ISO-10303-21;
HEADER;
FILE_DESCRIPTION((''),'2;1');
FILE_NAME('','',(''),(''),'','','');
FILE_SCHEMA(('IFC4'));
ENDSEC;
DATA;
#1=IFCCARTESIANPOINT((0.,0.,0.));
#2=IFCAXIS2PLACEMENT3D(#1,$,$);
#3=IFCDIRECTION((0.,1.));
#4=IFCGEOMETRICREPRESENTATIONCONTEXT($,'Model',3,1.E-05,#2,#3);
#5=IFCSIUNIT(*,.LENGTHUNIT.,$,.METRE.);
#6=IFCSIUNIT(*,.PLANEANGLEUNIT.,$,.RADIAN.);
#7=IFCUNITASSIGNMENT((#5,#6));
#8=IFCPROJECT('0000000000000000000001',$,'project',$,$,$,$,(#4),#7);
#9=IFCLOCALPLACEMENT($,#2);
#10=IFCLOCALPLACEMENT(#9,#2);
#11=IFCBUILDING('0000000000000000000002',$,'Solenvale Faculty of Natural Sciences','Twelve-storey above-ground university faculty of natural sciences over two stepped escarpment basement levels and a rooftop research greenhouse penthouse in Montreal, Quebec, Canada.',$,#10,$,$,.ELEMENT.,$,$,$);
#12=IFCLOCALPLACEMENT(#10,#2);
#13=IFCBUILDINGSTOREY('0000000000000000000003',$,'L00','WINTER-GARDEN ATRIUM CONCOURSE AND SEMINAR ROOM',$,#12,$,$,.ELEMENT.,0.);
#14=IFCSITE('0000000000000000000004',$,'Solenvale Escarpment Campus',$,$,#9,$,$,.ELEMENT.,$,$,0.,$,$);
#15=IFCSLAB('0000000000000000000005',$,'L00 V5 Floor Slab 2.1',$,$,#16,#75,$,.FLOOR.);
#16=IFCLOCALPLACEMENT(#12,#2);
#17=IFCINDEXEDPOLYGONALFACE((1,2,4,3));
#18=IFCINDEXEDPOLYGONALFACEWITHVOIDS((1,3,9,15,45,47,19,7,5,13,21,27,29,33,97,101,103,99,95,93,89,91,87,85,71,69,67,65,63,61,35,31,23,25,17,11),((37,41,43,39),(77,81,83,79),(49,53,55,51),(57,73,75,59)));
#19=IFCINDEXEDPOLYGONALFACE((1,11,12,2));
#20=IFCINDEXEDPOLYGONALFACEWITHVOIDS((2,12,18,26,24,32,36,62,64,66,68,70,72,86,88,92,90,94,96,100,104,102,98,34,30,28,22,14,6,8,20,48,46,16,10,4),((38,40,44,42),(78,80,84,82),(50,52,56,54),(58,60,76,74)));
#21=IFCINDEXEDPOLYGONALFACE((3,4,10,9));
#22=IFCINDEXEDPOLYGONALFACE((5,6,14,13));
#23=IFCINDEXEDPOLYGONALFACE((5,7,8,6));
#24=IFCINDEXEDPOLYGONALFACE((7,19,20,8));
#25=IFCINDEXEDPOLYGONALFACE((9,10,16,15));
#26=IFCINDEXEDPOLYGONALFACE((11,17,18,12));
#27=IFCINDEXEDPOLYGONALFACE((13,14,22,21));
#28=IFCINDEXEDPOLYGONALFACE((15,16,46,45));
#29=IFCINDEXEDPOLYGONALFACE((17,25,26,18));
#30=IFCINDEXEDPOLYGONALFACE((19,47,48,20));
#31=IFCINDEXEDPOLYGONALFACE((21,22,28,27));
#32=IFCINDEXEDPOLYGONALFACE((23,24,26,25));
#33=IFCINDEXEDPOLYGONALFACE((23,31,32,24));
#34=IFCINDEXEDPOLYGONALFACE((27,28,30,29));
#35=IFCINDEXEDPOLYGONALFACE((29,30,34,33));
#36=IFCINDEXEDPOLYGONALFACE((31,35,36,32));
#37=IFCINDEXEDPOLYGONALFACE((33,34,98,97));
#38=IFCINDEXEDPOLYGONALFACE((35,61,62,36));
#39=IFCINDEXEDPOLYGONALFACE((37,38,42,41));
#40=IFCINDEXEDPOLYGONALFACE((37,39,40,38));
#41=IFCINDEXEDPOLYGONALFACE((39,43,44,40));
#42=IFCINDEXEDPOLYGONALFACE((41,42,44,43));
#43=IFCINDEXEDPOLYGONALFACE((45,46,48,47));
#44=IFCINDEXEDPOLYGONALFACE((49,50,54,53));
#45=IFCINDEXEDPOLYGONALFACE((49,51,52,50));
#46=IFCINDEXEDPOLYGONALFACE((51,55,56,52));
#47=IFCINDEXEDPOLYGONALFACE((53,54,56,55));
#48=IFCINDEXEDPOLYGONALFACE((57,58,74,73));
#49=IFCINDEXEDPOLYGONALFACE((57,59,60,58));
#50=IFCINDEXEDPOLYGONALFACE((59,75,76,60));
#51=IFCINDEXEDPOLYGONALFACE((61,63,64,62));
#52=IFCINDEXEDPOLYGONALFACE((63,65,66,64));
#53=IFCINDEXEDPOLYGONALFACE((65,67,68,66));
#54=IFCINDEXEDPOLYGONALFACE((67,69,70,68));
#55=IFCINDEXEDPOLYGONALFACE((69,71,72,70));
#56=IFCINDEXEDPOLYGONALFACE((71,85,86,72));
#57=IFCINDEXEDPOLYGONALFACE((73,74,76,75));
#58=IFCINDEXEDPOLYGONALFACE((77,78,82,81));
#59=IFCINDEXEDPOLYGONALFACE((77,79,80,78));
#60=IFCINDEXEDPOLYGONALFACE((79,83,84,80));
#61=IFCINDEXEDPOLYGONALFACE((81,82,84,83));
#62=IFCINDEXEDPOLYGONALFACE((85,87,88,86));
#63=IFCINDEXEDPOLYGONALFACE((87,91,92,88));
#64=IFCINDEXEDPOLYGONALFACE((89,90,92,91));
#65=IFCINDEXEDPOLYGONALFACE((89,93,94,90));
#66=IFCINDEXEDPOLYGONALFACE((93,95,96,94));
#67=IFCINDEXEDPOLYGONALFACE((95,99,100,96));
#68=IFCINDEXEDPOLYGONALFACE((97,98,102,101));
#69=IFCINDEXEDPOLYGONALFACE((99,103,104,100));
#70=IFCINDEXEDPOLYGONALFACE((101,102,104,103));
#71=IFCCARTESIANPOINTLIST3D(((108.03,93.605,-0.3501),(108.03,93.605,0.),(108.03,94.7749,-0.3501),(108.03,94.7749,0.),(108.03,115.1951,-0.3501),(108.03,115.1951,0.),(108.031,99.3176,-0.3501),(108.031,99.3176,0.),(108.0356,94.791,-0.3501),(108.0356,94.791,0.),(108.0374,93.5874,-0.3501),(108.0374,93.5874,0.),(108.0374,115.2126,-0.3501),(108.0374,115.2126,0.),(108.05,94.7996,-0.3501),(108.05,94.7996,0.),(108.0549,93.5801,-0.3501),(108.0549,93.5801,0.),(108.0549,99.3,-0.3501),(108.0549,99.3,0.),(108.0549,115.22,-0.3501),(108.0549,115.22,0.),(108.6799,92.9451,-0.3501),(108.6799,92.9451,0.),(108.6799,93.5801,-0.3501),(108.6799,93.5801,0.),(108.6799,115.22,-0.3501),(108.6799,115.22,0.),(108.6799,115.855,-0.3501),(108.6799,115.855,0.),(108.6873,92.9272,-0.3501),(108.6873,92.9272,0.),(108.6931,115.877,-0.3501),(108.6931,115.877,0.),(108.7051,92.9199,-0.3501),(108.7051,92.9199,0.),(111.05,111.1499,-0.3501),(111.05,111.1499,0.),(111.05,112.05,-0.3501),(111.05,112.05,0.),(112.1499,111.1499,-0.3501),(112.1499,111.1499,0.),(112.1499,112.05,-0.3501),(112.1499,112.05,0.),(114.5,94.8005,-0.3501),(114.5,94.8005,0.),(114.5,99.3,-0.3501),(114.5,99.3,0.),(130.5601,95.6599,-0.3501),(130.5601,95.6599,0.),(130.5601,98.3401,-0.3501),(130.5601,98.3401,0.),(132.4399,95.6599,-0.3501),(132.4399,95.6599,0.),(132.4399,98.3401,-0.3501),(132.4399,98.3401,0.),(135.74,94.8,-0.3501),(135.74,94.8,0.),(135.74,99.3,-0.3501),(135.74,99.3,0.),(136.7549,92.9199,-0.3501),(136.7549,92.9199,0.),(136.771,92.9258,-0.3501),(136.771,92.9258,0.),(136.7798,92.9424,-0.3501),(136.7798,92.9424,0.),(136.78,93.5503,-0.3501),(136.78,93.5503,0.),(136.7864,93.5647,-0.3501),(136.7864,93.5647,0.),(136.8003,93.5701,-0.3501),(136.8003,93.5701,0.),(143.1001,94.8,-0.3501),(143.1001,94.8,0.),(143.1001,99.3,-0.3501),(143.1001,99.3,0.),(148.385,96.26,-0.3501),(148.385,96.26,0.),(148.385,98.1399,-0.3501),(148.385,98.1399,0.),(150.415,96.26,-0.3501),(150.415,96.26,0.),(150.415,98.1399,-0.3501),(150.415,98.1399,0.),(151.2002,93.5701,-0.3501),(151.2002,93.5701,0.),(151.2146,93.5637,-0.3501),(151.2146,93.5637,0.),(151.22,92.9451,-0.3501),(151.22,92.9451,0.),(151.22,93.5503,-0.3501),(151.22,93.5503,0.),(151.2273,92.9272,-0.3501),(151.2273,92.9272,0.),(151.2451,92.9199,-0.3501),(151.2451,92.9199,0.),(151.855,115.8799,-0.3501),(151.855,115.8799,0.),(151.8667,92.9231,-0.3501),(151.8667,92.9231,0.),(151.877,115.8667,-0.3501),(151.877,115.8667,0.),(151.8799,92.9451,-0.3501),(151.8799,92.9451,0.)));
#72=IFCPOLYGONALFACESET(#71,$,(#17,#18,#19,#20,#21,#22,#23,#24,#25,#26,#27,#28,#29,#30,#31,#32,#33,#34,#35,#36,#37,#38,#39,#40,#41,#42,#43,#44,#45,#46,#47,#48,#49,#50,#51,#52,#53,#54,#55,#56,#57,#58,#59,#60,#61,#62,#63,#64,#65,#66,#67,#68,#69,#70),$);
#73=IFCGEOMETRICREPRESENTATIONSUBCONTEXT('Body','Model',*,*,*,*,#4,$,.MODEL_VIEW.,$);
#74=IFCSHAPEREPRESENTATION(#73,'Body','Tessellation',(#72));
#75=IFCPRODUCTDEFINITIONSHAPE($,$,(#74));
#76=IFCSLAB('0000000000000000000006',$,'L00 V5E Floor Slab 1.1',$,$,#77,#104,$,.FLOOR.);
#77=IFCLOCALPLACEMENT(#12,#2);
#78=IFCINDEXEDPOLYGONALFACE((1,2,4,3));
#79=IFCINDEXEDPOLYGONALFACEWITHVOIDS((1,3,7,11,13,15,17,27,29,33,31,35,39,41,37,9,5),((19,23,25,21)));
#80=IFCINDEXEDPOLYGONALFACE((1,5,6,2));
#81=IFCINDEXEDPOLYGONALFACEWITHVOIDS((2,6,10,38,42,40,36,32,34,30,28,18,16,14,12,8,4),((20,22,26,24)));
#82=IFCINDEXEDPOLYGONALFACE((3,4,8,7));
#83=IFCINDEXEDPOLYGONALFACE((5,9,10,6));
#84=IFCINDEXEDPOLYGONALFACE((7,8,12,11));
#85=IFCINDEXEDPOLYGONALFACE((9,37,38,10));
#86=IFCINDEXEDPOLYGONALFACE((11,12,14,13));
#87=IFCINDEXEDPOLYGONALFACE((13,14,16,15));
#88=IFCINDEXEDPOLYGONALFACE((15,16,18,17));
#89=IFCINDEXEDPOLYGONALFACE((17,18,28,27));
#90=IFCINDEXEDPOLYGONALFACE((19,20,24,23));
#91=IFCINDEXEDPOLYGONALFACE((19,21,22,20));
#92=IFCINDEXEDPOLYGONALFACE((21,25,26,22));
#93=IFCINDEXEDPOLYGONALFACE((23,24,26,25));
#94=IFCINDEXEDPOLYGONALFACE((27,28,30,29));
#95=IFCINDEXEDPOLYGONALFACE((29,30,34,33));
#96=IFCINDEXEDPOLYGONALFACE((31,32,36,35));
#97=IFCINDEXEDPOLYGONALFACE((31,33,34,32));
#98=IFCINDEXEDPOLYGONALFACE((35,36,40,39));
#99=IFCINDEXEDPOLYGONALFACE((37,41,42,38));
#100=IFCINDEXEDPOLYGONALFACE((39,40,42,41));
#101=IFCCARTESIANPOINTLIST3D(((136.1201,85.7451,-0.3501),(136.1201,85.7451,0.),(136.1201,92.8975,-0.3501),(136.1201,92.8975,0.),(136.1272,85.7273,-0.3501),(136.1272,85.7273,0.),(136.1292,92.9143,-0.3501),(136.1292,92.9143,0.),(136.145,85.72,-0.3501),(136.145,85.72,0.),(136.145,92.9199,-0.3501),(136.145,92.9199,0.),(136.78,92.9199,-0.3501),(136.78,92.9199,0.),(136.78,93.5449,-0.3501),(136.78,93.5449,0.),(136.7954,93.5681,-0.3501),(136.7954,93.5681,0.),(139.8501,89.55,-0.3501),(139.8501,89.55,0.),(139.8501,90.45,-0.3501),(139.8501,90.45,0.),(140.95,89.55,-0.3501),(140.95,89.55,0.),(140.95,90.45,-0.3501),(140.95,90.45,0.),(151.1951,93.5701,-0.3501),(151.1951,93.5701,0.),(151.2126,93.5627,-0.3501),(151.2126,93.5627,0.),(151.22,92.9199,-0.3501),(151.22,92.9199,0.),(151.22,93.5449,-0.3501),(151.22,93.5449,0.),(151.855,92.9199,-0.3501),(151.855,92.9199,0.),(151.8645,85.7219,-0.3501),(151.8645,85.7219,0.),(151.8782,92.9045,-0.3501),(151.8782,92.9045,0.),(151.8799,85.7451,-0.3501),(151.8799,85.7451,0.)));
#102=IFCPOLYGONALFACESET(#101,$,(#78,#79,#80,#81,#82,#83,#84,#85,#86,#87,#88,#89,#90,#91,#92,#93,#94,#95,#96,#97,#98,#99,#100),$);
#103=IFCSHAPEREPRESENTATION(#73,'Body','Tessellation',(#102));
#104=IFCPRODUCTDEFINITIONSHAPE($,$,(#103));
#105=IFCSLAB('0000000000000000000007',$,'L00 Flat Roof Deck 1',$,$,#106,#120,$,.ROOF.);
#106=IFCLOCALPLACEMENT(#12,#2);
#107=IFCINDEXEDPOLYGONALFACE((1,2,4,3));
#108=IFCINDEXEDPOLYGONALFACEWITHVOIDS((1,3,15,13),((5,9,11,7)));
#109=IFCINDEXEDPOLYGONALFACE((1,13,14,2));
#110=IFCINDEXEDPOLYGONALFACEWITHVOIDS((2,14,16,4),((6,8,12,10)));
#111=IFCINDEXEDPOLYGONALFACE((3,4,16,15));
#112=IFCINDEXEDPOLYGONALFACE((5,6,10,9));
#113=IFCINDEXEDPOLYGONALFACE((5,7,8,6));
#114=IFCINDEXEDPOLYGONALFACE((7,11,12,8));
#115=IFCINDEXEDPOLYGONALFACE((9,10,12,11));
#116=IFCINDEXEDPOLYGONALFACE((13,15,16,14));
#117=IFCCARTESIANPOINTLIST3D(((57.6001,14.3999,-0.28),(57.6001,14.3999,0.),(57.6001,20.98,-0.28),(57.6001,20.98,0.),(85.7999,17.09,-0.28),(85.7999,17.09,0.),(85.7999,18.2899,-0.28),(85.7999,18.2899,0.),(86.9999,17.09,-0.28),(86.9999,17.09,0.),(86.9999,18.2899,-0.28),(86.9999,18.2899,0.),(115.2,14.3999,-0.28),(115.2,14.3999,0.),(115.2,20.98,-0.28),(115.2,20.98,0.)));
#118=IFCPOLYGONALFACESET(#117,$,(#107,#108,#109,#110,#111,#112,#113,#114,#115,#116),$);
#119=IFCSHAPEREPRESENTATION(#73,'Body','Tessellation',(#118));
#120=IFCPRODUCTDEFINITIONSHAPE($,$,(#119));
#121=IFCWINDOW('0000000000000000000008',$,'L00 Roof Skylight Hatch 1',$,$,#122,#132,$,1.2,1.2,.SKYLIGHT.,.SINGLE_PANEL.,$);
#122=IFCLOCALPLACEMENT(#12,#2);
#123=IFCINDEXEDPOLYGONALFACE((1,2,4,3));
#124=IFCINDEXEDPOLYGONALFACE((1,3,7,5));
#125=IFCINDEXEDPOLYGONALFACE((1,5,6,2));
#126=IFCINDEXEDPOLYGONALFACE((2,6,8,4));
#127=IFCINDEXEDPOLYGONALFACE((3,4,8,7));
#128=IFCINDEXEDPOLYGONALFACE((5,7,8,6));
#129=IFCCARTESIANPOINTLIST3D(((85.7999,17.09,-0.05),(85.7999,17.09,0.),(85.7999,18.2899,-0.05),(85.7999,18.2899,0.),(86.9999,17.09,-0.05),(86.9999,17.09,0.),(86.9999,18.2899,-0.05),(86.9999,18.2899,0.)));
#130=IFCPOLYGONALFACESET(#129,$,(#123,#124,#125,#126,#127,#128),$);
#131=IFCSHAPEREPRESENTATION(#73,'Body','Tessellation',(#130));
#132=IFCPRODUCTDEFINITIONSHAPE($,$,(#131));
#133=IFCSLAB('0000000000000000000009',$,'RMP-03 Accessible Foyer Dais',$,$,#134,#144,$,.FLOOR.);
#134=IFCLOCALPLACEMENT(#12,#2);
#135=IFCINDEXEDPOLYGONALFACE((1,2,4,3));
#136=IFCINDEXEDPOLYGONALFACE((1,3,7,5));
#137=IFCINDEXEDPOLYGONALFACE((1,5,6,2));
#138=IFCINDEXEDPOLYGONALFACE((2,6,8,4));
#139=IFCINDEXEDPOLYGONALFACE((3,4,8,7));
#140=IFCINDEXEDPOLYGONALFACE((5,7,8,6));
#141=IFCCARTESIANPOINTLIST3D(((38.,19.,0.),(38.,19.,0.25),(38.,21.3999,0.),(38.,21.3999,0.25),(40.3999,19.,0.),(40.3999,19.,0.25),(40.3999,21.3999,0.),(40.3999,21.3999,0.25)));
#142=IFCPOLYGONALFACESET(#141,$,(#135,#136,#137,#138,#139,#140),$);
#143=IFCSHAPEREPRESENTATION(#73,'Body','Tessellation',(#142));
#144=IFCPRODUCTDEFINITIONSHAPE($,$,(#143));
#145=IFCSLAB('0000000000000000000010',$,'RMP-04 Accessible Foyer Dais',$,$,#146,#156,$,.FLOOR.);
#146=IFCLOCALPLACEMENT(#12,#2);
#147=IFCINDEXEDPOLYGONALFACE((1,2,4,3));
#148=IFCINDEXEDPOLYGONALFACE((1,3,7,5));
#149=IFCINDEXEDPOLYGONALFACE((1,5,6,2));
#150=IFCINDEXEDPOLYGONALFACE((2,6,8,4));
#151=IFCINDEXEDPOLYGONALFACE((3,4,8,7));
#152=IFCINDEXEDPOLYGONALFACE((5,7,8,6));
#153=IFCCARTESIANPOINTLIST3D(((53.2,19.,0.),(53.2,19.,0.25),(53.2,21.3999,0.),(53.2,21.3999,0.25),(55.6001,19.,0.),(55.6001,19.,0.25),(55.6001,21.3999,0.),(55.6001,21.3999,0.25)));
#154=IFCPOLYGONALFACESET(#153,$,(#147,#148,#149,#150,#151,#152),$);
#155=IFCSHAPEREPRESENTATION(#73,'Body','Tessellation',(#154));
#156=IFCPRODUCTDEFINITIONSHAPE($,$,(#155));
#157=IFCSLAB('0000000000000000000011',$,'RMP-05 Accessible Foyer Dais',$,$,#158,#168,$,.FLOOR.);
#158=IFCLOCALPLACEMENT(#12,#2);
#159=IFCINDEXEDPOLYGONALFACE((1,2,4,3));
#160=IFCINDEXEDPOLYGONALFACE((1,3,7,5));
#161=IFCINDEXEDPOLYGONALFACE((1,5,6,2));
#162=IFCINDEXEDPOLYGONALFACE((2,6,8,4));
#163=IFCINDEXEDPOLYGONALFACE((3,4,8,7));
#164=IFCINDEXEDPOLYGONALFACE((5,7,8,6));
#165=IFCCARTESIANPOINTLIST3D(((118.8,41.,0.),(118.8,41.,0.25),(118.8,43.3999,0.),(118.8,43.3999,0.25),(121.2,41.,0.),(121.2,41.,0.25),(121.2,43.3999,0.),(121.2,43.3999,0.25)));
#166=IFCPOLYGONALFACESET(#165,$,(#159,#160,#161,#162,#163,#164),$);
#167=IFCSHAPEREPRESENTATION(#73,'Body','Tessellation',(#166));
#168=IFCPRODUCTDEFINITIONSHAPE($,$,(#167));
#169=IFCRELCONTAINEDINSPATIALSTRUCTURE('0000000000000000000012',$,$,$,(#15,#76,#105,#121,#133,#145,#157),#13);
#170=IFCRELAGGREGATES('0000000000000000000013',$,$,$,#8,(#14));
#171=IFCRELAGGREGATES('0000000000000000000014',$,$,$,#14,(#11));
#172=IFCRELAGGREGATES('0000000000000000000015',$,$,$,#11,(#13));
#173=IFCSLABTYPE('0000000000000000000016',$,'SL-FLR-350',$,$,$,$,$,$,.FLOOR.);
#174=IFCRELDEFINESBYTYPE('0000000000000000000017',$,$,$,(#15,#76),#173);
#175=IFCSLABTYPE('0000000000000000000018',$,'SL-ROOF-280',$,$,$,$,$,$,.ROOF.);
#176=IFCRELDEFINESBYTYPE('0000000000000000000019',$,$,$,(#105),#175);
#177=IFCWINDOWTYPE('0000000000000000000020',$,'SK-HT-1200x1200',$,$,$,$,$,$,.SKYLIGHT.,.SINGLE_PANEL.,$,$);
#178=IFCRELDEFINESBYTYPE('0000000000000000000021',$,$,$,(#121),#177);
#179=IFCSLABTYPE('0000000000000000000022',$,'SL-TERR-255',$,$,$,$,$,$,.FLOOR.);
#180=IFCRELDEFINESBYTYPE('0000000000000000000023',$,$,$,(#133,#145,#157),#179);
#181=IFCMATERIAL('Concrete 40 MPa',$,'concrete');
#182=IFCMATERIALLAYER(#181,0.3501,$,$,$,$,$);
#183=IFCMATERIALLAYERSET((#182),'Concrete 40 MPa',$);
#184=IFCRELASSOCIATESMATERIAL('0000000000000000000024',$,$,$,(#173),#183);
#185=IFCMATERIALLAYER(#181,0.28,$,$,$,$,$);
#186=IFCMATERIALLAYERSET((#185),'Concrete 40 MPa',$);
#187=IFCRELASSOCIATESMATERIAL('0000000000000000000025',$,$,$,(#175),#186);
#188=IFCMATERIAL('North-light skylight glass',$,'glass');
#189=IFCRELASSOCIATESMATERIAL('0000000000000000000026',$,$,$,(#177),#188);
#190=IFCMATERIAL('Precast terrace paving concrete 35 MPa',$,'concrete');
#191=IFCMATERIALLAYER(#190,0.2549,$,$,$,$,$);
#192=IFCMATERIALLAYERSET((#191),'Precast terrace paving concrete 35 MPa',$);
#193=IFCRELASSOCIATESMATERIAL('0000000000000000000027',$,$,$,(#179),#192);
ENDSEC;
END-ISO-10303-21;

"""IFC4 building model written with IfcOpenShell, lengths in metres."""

from ifc_helpers import new_model, si_unit, direction, frame, origin, origin_2d, place, context, subcontext, project, spatial, polyline, rectangle, outline, extrude, material, layer, layer_set, type_object, element, fill, save


model = new_model("IFC4")

# Units and contexts
model_context = context("Model", 3, precision=1e-05, world=origin(), true_north=direction((0.0, 1.0)))
body_context = subcontext(model_context, "Body", "Model", "MODEL_VIEW")
ifc_project = project(units=[si_unit("LENGTHUNIT", "METRE"), si_unit("PLANEANGLEUNIT", "RADIAN")], contexts=[model_context])

# Site, building, storey
site_placement = place(None, origin())
site = spatial("IfcSite", under=ifc_project, at=site_placement, Name="Solenvale Escarpment Campus", CompositionType="ELEMENT", RefElevation=0.0)
building_placement = place(site_placement, origin())
building = spatial("IfcBuilding", under=site, at=building_placement, Name="Solenvale Faculty of Natural Sciences", Description="Twelve-storey above-ground university faculty of natural sciences over two stepped escarpment basement levels and a rooftop research greenhouse penthouse in Montreal, Quebec, Canada.", CompositionType="ELEMENT")
storey_placement = place(building_placement, origin())
storey = spatial("IfcBuildingStorey", under=building, at=storey_placement, Name="L00", Description="WINTER-GARDEN ATRIUM CONCOURSE AND SEMINAR ROOM", CompositionType="ELEMENT", Elevation=0.0)

# Slabs
ifc_material_1 = material(Name="Concrete 40 MPa", Category="concrete")
ifc_layer_1 = layer(ifc_material_1, 0.3501)
ifc_layer_set_1 = layer_set([ifc_layer_1], Name="Concrete 40 MPa")
slab_type_1 = type_object("IfcSlabType", Name="SL-FLR-350", PredefinedType="FLOOR", material=ifc_layer_set_1)
slab_1_placement = place(storey_placement, frame((0.0, 0.0, -0.3501)))
element("IfcSlab", 1, at=slab_1_placement, inside=storey, type_object=slab_type_1, Name="L00 V5 Floor Slab 2.1", PredefinedType="FLOOR", context=body_context, shape_type="SweptSolid", body=[
    extrude(outline(polyline([(108.0549, 93.5801), (108.0374, 93.5874), (108.03, 93.605), (108.03, 94.7749), (108.0356, 94.791), (108.05, 94.7996), (114.5, 94.8005), (114.5, 99.3), (108.0549, 99.3), (108.031, 99.3176), (108.03, 115.1951), (108.0374, 115.2126), (108.0549, 115.22), (108.6799, 115.22), (108.6799, 115.855), (108.6931, 115.877), (151.855, 115.8799), (151.877, 115.8667), (151.8799, 92.9451), (151.8667, 92.9231), (151.2451, 92.9199), (151.2273, 92.9272), (151.22, 92.9451), (151.22, 93.5503), (151.2146, 93.5637), (151.2002, 93.5701), (136.8003, 93.5701), (136.7864, 93.5647), (136.78, 93.5503), (136.7798, 92.9424), (136.771, 92.9258), (136.7549, 92.9199), (108.7051, 92.9199), (108.6873, 92.9272), (108.6799, 92.9451), (108.6799, 93.5801), (108.0549, 93.5801)]), holes=[polyline([(148.385, 96.26), (150.415, 96.26), (150.415, 98.1399), (148.385, 98.1399), (148.385, 96.26)]), polyline([(135.74, 94.8), (143.1001, 94.8), (143.1001, 99.3), (135.74, 99.3), (135.74, 94.8)]), polyline([(130.5601, 95.6599), (132.4399, 95.6599), (132.4399, 98.3401), (130.5601, 98.3401), (130.5601, 95.6599)]), polyline([(111.05, 111.1499), (112.1499, 111.1499), (112.1499, 112.05), (111.05, 112.05), (111.05, 111.1499)])]), origin(), (0.0, 0.0, 1.0), 0.3501),
])
slab_2_placement = place(storey_placement, frame((0.0, 0.0, -0.3501)))
element("IfcSlab", 2, at=slab_2_placement, inside=storey, type_object=slab_type_1, Name="L00 V5E Floor Slab 1.1", PredefinedType="FLOOR", context=body_context, shape_type="SweptSolid", body=[
    extrude(outline(polyline([(136.145, 85.72), (136.1272, 85.7273), (136.1201, 85.7451), (136.1201, 92.8975), (136.1292, 92.9143), (136.145, 92.9199), (136.78, 92.9199), (136.78, 93.5449), (136.7954, 93.5681), (151.1951, 93.5701), (151.2126, 93.5627), (151.22, 93.5449), (151.22, 92.9199), (151.855, 92.9199), (151.8782, 92.9045), (151.8799, 85.7451), (151.8645, 85.7219), (136.145, 85.72)]), holes=[polyline([(139.8501, 89.55), (140.95, 89.55), (140.95, 90.45), (139.8501, 90.45), (139.8501, 89.55)])]), origin(), (0.0, 0.0, 1.0), 0.3501),
])

# Slab, opening, window
ifc_layer_2 = layer(ifc_material_1, 0.28)
ifc_layer_set_2 = layer_set([ifc_layer_2], Name="Concrete 40 MPa")
slab_type_2 = type_object("IfcSlabType", Name="SL-ROOF-280", PredefinedType="ROOF", material=ifc_layer_set_2)
slab_3_placement = place(storey_placement, frame((0.0, 0.0, -0.28)))
slab_3 = element("IfcSlab", 3, at=slab_3_placement, inside=storey, type_object=slab_type_2, Name="L00 Flat Roof Deck 1", PredefinedType="ROOF", context=body_context, shape_type="SweptSolid", body=[
    extrude(outline(polyline([(57.6001, 14.3999), (57.6001, 20.98), (115.2, 20.98), (115.2, 14.3999), (57.6001, 14.3999)])), origin(), (0.0, 0.0, 1.0), 0.28),
])
opening_placement = place(slab_3_placement, frame((86.3999, 17.6899, -0.01)))
opening = element("IfcOpeningElement", 4, at=opening_placement, cuts=slab_3, PredefinedType="OPENING", context=body_context, shape_type="SweptSolid", body=[
    extrude(rectangle(XDim=1.2, YDim=1.2, at=origin_2d()), origin(), (0.0, 0.0, 1.0), 0.3),
])
ifc_material_2 = material(Name="North-light skylight glass", Category="glass")
window_type = type_object("IfcWindowType", Name="SK-HT-1200x1200", PartitioningType="SINGLE_PANEL", PredefinedType="SKYLIGHT", material=ifc_material_2)
window_placement = place(slab_3_placement, frame((86.3999, 17.6899, 0.23)))
window = element("IfcWindow", 5, at=window_placement, inside=storey, type_object=window_type, Name="L00 Roof Skylight Hatch 1", OverallHeight=1.2, OverallWidth=1.2, PartitioningType="SINGLE_PANEL", PredefinedType="SKYLIGHT", context=body_context, shape_type="SweptSolid", body=[
    extrude(rectangle(XDim=1.2, YDim=1.2, at=origin_2d()), origin(), (0.0, 0.0, 1.0), 0.05),
])
fill(opening, window)

# Slabs
ifc_material_3 = material(Name="Precast terrace paving concrete 35 MPa", Category="concrete")
ifc_layer_3 = layer(ifc_material_3, 0.2549)
ifc_layer_set_3 = layer_set([ifc_layer_3], Name="Precast terrace paving concrete 35 MPa")
slab_type_3 = type_object("IfcSlabType", Name="SL-TERR-255", PredefinedType="FLOOR", material=ifc_layer_set_3)
slab_4_placement = place(storey_placement, origin())
element("IfcSlab", 6, at=slab_4_placement, inside=storey, type_object=slab_type_3, Name="RMP-03 Accessible Foyer Dais", PredefinedType="FLOOR", context=body_context, shape_type="SweptSolid", body=[
    extrude(outline(polyline([(38.0, 19.0), (40.3999, 19.0), (40.3999, 21.3999), (38.0, 21.3999), (38.0, 19.0)])), origin(), (0.0, 0.0, 1.0), 0.25),
])
slab_5_placement = place(storey_placement, origin())
element("IfcSlab", 7, at=slab_5_placement, inside=storey, type_object=slab_type_3, Name="RMP-04 Accessible Foyer Dais", PredefinedType="FLOOR", context=body_context, shape_type="SweptSolid", body=[
    extrude(outline(polyline([(53.2, 19.0), (55.6001, 19.0), (55.6001, 21.3999), (53.2, 21.3999), (53.2, 19.0)])), origin(), (0.0, 0.0, 1.0), 0.25),
])
slab_6_placement = place(storey_placement, origin())
element("IfcSlab", 8, at=slab_6_placement, inside=storey, type_object=slab_type_3, Name="RMP-05 Accessible Foyer Dais", PredefinedType="FLOOR", context=body_context, shape_type="SweptSolid", body=[
    extrude(outline(polyline([(118.8, 41.0), (121.2, 41.0), (121.2, 43.3999), (118.8, 43.3999), (118.8, 41.0)])), origin(), (0.0, 0.0, 1.0), 0.25),
])

save(model, "model.ifc")
